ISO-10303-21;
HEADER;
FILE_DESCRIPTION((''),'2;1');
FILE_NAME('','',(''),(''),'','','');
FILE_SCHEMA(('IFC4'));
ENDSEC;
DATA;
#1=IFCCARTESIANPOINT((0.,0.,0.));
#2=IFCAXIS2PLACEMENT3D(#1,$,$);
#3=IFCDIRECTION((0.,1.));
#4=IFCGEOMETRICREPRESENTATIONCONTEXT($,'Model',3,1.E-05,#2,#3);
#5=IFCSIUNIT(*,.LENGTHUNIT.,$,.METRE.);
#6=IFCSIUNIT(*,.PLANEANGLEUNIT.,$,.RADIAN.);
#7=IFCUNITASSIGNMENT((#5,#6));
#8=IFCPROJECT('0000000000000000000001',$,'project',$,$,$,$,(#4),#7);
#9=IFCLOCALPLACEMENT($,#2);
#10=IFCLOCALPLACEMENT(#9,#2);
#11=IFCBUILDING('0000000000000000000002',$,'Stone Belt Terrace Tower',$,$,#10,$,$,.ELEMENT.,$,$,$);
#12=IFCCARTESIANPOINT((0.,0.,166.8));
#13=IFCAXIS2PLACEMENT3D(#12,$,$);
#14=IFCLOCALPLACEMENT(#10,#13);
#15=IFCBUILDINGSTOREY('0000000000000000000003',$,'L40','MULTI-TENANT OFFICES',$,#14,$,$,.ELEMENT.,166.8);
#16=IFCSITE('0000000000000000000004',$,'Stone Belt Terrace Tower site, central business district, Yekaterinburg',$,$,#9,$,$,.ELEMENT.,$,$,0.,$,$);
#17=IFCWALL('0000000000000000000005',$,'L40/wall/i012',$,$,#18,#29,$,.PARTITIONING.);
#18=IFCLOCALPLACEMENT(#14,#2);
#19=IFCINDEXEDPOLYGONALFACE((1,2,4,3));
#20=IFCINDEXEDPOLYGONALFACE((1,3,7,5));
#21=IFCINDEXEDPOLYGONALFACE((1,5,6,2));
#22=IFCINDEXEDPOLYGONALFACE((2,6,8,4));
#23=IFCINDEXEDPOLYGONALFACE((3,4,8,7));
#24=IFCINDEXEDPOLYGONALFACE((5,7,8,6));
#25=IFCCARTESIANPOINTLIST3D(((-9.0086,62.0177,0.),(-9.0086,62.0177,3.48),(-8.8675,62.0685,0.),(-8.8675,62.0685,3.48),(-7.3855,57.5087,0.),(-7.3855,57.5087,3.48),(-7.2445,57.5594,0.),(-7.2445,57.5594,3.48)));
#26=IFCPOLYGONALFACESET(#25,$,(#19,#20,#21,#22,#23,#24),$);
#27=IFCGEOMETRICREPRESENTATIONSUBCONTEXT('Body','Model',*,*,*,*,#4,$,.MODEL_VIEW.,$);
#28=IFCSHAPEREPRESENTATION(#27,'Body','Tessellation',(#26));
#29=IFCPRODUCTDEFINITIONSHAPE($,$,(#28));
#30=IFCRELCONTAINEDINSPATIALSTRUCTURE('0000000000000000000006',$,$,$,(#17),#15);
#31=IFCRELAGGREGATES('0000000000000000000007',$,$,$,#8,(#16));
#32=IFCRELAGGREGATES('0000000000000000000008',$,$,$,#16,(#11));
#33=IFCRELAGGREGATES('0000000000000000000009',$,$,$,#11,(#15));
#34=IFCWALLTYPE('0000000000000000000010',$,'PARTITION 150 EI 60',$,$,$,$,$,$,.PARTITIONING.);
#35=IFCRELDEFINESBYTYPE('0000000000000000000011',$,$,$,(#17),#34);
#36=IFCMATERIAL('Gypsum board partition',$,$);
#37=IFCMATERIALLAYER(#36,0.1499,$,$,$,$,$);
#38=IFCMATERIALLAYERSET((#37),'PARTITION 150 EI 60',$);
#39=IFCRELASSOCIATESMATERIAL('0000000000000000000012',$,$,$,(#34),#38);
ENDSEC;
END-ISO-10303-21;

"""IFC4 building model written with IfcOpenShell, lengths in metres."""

from ifc_helpers import new_model, si_unit, direction, frame, frame_2d, origin, place, context, subcontext, project, spatial, rectangle, extrude, material, layer, layer_set, type_object, element, save


model = new_model("IFC4")

# Units and contexts
model_context = context("Model", 3, precision=1e-05, world=origin(), true_north=direction((0.0, 1.0)))
body_context = subcontext(model_context, "Body", "Model", "MODEL_VIEW")
ifc_project = project(units=[si_unit("LENGTHUNIT", "METRE"), si_unit("PLANEANGLEUNIT", "RADIAN")], contexts=[model_context])

# Site, building, storey
site_placement = place(None, origin())
site = spatial("IfcSite", under=ifc_project, at=site_placement, Name="Stone Belt Terrace Tower site, central business district, Yekaterinburg", CompositionType="ELEMENT", RefElevation=0.0)
building_placement = place(site_placement, origin())
building = spatial("IfcBuilding", under=site, at=building_placement, Name="Stone Belt Terrace Tower", CompositionType="ELEMENT")
storey_placement = place(building_placement, frame((0.0, 0.0, 166.8)))
storey = spatial("IfcBuildingStorey", under=building, at=storey_placement, Name="L40", Description="MULTI-TENANT OFFICES", CompositionType="ELEMENT", Elevation=166.8)

# Shared definitions
ifc_material_1 = material(Name="Gypsum board partition")
ifc_layer_1 = layer(ifc_material_1, 0.1499)
ifc_layer_set_1 = layer_set([ifc_layer_1], Name="PARTITION 150 EI 60")
wall_type_1 = type_object("IfcWallType", Name="PARTITION 150 EI 60", PredefinedType="PARTITIONING", material=ifc_layer_set_1)

# Wall
wall_1_placement = place(storey_placement, frame((-8.938, 62.043, 0.0), z_axis=(0.0, 0.0, 1.0), x_axis=(0.338682, -0.940901, 0.0)))
element("IfcWall", 1, at=wall_1_placement, inside=storey, type_object=wall_type_1, Name="L40/wall/i012", PredefinedType="PARTITIONING", context=body_context, shape_type="SweptSolid", body=[
    extrude(rectangle(XDim=4.7922, YDim=0.1499, at=frame_2d((2.396, 0.0))), origin(), (0.0, 0.0, 1.0), 3.48),
])

save(model, "model.ifc")
